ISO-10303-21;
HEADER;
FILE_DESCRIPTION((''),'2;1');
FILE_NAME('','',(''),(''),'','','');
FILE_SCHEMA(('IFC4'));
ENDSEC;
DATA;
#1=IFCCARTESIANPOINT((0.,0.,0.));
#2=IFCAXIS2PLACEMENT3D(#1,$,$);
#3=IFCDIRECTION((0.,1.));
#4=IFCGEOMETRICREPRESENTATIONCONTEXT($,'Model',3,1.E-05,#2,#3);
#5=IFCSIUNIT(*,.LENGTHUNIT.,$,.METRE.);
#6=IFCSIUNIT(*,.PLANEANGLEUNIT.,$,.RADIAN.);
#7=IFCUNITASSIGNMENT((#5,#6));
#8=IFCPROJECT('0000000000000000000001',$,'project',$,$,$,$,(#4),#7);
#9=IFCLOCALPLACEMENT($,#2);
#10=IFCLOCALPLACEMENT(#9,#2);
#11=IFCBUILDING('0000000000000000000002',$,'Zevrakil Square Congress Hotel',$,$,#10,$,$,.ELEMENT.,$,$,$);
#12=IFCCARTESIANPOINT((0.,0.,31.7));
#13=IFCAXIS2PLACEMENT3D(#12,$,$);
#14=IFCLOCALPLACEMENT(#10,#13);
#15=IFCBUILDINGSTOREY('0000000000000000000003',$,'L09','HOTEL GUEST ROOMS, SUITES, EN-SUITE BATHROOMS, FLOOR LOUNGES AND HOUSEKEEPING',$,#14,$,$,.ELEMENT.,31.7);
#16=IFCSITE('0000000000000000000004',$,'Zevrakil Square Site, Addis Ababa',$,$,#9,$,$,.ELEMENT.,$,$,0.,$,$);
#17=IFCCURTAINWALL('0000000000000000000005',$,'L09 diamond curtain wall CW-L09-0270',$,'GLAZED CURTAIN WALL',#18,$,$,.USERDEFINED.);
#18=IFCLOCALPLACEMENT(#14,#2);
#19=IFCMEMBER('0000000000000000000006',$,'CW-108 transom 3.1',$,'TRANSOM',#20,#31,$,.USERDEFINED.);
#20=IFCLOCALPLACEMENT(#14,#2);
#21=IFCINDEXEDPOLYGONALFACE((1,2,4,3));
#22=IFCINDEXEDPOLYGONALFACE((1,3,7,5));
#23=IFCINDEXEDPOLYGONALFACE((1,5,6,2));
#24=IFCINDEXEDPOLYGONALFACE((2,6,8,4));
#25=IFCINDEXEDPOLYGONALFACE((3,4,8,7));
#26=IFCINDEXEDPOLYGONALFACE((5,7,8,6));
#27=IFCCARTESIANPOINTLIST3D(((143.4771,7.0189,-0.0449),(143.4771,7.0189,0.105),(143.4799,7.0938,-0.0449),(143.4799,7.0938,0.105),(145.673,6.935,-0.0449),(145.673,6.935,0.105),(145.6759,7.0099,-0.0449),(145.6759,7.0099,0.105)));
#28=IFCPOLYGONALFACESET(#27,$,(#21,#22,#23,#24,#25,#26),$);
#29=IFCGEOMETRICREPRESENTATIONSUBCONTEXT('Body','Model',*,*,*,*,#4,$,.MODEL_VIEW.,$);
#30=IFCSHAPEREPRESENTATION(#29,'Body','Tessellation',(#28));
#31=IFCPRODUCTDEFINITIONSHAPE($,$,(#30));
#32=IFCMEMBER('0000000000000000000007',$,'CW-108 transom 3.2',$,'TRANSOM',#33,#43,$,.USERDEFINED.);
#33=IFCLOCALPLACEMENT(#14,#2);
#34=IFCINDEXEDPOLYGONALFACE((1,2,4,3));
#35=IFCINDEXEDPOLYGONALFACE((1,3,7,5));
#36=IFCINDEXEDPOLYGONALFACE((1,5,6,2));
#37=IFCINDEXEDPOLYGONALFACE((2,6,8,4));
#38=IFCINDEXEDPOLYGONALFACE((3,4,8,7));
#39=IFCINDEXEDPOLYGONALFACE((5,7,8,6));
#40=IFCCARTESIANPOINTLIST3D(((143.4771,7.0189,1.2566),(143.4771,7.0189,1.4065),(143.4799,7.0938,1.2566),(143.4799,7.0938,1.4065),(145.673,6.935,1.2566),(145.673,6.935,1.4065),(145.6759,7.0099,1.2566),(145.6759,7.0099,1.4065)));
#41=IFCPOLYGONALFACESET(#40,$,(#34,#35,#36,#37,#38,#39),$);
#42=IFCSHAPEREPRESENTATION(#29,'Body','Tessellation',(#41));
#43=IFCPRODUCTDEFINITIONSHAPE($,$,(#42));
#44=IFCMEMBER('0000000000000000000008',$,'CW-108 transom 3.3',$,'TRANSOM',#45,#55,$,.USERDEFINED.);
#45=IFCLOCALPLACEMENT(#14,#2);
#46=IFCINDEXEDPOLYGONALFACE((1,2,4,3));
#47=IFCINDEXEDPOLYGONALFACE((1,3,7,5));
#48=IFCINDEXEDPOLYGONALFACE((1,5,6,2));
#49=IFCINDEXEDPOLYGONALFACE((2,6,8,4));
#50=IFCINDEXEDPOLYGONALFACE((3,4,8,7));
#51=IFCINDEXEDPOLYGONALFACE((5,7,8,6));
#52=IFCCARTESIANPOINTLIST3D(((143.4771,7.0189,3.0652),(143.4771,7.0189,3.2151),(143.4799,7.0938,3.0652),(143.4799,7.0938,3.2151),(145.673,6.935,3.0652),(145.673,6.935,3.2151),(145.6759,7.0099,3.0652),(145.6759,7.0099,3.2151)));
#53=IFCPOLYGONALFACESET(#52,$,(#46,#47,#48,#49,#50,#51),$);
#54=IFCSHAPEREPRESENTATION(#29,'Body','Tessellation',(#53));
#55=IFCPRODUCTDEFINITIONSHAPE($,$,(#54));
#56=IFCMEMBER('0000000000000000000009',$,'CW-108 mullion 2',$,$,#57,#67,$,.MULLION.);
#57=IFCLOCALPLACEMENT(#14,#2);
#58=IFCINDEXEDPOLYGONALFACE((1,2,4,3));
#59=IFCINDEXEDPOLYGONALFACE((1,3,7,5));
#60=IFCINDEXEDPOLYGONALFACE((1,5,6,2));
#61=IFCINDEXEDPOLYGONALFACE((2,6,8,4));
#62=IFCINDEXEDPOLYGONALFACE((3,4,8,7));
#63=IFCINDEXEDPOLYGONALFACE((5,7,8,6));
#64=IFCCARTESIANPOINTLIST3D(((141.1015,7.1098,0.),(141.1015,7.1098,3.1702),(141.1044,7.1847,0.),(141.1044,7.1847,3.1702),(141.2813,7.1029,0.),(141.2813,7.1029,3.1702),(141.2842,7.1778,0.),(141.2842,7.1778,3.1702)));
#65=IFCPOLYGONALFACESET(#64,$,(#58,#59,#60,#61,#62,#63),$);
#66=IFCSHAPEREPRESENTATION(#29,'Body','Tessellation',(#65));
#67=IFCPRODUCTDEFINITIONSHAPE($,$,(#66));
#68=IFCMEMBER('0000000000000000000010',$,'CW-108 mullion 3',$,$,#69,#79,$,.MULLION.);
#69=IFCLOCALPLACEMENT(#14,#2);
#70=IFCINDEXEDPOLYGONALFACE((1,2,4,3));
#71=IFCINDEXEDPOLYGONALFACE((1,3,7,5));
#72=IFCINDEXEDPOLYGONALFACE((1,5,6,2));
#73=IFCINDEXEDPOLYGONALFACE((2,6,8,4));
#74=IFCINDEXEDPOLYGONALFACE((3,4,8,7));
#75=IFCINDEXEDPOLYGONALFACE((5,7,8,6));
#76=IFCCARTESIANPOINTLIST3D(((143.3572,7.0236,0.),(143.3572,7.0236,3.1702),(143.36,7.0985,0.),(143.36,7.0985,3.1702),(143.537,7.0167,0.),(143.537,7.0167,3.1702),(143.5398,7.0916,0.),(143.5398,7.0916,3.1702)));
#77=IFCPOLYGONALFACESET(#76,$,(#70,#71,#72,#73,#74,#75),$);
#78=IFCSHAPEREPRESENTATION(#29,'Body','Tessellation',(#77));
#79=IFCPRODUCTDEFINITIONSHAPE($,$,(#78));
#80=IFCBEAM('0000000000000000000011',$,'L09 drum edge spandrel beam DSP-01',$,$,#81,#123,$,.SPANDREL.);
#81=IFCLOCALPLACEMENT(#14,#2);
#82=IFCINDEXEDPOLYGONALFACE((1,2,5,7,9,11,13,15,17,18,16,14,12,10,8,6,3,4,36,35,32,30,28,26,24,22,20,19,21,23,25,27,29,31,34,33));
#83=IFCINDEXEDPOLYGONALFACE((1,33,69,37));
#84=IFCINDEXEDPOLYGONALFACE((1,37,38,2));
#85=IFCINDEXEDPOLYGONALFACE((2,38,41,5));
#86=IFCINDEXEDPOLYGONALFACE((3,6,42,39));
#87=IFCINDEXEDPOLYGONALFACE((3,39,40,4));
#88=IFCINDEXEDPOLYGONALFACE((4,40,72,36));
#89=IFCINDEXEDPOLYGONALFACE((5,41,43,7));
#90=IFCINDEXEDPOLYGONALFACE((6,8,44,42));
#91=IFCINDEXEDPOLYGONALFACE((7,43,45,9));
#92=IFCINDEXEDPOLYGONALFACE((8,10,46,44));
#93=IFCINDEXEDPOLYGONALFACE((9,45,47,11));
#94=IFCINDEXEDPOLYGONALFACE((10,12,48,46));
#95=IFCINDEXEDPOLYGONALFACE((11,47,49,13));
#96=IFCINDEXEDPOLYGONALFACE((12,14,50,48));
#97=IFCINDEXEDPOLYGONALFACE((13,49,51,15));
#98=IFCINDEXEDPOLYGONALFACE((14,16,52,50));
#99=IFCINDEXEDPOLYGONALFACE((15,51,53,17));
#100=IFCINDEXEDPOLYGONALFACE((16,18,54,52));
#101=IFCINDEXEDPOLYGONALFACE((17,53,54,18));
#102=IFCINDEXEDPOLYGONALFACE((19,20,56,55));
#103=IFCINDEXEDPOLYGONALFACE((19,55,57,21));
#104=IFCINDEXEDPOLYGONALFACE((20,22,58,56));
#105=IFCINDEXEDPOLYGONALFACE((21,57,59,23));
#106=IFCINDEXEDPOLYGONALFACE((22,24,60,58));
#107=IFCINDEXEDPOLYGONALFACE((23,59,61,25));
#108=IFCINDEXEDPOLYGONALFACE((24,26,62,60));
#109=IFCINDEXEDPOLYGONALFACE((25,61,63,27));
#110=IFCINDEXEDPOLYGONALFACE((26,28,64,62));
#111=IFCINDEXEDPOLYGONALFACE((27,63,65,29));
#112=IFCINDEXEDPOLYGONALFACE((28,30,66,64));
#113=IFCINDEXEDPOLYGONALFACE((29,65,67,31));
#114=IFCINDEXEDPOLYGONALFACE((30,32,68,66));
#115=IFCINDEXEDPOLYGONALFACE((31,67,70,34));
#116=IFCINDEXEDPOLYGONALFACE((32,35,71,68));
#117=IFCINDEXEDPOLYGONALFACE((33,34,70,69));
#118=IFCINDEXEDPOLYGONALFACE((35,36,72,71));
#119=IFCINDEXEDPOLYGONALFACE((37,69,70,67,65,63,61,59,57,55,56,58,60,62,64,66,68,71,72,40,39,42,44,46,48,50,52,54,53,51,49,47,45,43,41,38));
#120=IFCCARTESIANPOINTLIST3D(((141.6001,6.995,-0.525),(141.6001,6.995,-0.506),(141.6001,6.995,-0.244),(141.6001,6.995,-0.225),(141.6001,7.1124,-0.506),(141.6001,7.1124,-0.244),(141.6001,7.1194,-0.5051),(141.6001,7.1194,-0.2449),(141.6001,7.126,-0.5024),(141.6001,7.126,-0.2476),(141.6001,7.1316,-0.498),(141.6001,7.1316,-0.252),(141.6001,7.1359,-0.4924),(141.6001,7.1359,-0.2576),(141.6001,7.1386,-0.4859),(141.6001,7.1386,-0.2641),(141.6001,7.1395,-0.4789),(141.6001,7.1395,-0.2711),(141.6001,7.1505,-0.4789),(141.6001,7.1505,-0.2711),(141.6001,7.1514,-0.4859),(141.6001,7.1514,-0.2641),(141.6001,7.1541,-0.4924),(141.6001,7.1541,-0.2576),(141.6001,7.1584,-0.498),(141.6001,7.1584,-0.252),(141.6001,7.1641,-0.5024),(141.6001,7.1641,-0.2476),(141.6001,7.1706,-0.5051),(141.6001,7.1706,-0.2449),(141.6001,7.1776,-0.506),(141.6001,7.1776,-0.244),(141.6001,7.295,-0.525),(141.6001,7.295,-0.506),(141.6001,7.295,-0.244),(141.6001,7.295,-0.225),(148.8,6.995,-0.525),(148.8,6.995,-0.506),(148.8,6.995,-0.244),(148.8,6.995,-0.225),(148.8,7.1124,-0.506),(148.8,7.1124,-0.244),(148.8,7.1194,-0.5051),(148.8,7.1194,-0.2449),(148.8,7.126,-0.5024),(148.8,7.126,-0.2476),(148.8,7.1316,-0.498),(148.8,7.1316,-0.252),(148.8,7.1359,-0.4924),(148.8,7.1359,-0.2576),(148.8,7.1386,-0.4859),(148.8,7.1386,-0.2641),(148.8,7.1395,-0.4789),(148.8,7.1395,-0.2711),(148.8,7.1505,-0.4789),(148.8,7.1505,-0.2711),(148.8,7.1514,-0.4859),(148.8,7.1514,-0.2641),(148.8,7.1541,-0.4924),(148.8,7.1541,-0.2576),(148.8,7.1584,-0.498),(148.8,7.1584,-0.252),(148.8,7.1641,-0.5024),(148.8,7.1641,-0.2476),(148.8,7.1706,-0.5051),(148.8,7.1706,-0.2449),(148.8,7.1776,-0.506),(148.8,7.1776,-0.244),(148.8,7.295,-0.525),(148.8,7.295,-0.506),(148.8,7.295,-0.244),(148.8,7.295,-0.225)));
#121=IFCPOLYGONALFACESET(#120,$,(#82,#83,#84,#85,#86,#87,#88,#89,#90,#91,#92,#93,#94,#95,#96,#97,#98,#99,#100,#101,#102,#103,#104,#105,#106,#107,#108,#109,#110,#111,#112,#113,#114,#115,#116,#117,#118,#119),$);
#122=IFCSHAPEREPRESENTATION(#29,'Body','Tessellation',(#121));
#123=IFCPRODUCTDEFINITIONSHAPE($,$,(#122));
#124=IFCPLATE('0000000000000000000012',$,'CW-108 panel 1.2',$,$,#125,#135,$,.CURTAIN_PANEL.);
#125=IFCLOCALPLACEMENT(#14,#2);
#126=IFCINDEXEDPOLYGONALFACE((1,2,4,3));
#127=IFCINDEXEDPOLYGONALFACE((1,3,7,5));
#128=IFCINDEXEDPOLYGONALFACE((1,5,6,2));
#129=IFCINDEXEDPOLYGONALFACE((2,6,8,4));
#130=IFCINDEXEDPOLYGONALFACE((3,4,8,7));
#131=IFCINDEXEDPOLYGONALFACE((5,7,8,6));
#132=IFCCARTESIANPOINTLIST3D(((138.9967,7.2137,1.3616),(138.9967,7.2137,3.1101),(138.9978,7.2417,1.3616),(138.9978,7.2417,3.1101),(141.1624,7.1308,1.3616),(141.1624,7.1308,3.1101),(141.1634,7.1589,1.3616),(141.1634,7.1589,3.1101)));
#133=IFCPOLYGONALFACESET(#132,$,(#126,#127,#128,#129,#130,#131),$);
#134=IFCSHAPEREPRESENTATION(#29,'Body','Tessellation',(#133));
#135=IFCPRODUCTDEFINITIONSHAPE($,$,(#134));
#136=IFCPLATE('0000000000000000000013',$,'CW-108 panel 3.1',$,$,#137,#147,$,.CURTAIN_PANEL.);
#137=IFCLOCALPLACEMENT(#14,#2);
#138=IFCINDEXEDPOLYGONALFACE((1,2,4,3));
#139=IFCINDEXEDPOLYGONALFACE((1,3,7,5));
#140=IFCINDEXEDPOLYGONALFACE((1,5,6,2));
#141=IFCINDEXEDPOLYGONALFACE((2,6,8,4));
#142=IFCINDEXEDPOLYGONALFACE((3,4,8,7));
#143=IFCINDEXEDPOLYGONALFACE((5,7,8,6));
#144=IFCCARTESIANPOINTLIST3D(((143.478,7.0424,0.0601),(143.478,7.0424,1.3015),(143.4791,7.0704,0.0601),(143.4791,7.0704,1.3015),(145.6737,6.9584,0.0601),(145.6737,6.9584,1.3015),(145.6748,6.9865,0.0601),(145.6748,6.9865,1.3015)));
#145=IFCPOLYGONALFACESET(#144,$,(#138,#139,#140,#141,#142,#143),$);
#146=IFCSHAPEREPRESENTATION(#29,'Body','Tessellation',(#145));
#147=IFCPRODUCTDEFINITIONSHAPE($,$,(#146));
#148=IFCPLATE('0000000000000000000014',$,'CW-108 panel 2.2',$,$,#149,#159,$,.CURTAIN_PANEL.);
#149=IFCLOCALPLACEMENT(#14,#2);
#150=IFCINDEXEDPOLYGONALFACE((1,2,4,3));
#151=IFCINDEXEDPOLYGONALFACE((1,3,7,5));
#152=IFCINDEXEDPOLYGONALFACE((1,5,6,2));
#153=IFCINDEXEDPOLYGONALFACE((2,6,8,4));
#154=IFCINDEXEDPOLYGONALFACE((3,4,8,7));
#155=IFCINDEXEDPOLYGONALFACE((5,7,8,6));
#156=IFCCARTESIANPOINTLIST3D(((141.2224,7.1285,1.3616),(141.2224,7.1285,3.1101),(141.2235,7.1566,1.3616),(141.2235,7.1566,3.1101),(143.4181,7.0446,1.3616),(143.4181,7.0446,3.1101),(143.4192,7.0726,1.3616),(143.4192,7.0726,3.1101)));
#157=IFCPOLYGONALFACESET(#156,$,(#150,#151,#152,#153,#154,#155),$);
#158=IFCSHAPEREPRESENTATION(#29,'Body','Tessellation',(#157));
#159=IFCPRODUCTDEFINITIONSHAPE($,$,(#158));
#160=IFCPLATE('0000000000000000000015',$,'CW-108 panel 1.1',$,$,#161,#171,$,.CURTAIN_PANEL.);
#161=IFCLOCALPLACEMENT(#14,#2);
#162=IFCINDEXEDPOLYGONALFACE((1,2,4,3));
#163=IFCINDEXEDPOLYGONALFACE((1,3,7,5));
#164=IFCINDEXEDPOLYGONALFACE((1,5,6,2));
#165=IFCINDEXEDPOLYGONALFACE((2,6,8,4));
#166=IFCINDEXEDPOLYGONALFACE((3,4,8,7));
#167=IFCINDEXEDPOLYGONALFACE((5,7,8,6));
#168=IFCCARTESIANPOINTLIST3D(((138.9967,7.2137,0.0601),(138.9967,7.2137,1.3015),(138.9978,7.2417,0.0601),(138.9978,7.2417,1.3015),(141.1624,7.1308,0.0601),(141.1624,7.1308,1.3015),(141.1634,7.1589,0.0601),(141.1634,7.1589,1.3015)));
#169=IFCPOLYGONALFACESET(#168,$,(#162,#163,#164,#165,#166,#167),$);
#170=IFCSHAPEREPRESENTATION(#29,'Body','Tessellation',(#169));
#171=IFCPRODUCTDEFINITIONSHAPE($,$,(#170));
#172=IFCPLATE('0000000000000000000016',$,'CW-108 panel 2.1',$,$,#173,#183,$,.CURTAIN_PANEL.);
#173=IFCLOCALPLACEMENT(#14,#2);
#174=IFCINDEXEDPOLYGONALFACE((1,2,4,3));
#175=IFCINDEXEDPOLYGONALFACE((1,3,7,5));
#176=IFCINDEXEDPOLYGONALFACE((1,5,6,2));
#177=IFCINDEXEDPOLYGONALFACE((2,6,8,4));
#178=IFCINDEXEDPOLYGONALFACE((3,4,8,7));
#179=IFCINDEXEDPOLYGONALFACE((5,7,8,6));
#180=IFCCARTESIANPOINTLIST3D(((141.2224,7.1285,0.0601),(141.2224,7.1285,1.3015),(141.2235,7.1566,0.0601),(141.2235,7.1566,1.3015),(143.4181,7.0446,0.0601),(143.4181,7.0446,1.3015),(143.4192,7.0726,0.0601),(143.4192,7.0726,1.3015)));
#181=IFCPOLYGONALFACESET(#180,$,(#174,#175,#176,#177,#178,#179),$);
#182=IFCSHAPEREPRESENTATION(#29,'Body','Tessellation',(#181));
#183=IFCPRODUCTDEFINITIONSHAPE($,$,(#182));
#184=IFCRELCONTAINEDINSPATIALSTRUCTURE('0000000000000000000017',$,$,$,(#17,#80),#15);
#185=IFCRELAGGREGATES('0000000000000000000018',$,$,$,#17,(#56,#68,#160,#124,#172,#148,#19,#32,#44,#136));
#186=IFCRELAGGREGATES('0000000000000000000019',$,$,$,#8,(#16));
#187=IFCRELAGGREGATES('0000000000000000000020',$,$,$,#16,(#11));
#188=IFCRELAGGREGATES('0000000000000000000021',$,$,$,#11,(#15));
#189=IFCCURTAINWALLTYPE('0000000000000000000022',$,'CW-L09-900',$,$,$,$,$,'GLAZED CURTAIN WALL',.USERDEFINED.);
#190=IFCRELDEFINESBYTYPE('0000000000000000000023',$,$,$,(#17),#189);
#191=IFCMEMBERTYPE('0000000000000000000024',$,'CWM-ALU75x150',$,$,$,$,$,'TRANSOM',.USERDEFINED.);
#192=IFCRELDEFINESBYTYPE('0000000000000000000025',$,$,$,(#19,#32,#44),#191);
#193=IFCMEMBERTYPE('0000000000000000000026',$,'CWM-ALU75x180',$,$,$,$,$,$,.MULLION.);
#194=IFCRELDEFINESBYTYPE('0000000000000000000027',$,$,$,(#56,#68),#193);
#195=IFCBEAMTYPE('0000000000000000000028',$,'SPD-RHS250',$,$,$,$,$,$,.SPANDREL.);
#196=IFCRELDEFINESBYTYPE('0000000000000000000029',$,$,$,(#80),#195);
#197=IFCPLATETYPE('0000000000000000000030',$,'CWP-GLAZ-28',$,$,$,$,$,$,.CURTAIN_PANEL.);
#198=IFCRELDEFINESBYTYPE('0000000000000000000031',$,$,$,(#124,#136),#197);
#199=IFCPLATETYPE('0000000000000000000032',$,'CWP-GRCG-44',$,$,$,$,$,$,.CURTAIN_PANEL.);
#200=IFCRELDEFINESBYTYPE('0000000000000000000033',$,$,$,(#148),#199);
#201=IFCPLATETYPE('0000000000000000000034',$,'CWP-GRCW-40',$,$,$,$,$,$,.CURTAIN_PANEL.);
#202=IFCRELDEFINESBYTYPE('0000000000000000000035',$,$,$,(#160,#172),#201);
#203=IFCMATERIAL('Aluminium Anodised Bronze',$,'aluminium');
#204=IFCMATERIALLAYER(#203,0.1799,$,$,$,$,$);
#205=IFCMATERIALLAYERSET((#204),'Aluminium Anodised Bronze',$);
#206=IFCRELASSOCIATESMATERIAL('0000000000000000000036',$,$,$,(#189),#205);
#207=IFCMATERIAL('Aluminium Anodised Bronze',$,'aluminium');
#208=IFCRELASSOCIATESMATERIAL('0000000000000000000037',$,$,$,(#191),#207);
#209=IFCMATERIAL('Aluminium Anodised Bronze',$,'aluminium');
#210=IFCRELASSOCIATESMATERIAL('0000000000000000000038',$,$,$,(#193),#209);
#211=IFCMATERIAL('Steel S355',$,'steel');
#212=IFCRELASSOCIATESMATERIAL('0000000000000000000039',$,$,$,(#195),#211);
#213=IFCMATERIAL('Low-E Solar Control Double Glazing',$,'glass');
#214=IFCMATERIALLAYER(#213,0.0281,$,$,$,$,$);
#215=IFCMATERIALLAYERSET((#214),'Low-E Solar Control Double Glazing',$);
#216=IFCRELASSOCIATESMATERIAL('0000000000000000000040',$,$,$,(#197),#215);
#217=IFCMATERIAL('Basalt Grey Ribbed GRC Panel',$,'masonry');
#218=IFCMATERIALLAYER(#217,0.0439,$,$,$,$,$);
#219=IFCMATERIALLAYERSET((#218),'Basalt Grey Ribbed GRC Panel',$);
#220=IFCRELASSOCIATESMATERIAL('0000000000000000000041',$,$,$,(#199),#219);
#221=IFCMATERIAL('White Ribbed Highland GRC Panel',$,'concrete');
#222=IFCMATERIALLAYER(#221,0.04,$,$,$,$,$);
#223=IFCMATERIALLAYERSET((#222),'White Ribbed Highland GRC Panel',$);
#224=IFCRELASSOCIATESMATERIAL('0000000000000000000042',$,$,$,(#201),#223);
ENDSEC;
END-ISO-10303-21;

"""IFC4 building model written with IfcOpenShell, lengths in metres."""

from ifc_helpers import new_model, si_unit, direction, frame, origin, origin_2d, place, context, subcontext, project, spatial, rectangle, i_section, extrude, material, layer, layer_set, material_profile, profile_set, type_object, element, aggregate, save


model = new_model("IFC4")

# Units and contexts
model_context = context("Model", 3, precision=1e-05, world=origin(), true_north=direction((0.0, 1.0)))
body_context = subcontext(model_context, "Body", "Model", "MODEL_VIEW")
ifc_project = project(units=[si_unit("LENGTHUNIT", "METRE"), si_unit("PLANEANGLEUNIT", "RADIAN")], contexts=[model_context])

# Site, building, storey
site_placement = place(None, origin())
site = spatial("IfcSite", under=ifc_project, at=site_placement, Name="Zevrakil Square Site, Addis Ababa", CompositionType="ELEMENT", RefElevation=0.0)
building_placement = place(site_placement, origin())
building = spatial("IfcBuilding", under=site, at=building_placement, Name="Zevrakil Square Congress Hotel", CompositionType="ELEMENT")
storey_placement = place(building_placement, frame((0.0, 0.0, 31.7)))
storey = spatial("IfcBuildingStorey", under=building, at=storey_placement, Name="L09", Description="HOTEL GUEST ROOMS, SUITES, EN-SUITE BATHROOMS, FLOOR LOUNGES AND HOUSEKEEPING", CompositionType="ELEMENT", Elevation=31.7)

# Curtain wall, members
ifc_material_1 = material(Name="Aluminium Anodised Bronze", Category="aluminium")
ifc_layer_1 = layer(ifc_material_1, 0.1799)
ifc_layer_set_1 = layer_set([ifc_layer_1], Name="Aluminium Anodised Bronze")
curtain_wall_type = type_object("IfcCurtainWallType", Name="CW-L09-900", ElementType="GLAZED CURTAIN WALL", PredefinedType="USERDEFINED", material=ifc_layer_set_1)
curtain_wall_placement = place(storey_placement, origin())
curtain_wall = element("IfcCurtainWall", 1, at=curtain_wall_placement, inside=storey, type_object=curtain_wall_type, Name="L09 diamond curtain wall CW-L09-0270", ObjectType="GLAZED CURTAIN WALL", PredefinedType="USERDEFINED")
ifc_material_2 = material(Name="Aluminium Anodised Bronze", Category="aluminium")
ifc_material_profile_1 = material_profile(ifc_material_2, rectangle(XDim=0.075, YDim=0.1499, at=origin_2d()), Name="ALU 75x150")
ifc_profile_set_1 = profile_set([ifc_material_profile_1], Name="Aluminium Anodised Bronze")
member_type_1 = type_object("IfcMemberType", Name="CWM-ALU75x150", ElementType="TRANSOM", PredefinedType="USERDEFINED", material=ifc_profile_set_1)
member_1_placement = place(storey_placement, frame((143.4785, 7.0564, 0.03), z_axis=(0.999269, -0.03822, 0.0), x_axis=(0.03822, 0.999269, 0.0)))
member_1 = element("IfcMember", 2, at=member_1_placement, type_object=member_type_1, Name="CW-108 transom 3.1", ObjectType="TRANSOM", PredefinedType="USERDEFINED", context=body_context, shape_type="SweptSolid", body=[
    extrude(rectangle(XDim=0.075, YDim=0.1499, at=origin_2d()), origin(), (0.0, 0.0, 1.0), 2.1975),
])
member_2_placement = place(storey_placement, frame((143.4785, 7.0564, 1.3315), z_axis=(0.999269, -0.03822, 0.0), x_axis=(0.03822, 0.999269, 0.0)))
member_2 = element("IfcMember", 3, at=member_2_placement, type_object=member_type_1, Name="CW-108 transom 3.2", ObjectType="TRANSOM", PredefinedType="USERDEFINED", context=body_context, shape_type="SweptSolid", body=[
    extrude(rectangle(XDim=0.075, YDim=0.1499, at=origin_2d()), origin(), (0.0, 0.0, 1.0), 2.1975),
])
member_3_placement = place(storey_placement, frame((143.4785, 7.0564, 3.1401), z_axis=(0.999269, -0.03822, 0.0), x_axis=(0.03822, 0.999269, 0.0)))
member_3 = element("IfcMember", 4, at=member_3_placement, type_object=member_type_1, Name="CW-108 transom 3.3", ObjectType="TRANSOM", PredefinedType="USERDEFINED", context=body_context, shape_type="SweptSolid", body=[
    extrude(rectangle(XDim=0.075, YDim=0.1499, at=origin_2d()), origin(), (0.0, 0.0, 1.0), 2.1975),
])
ifc_material_3 = material(Name="Aluminium Anodised Bronze", Category="aluminium")
ifc_material_profile_2 = material_profile(ifc_material_3, rectangle(XDim=0.075, YDim=0.1799, at=origin_2d()), Name="ALU 75x180")
ifc_profile_set_2 = profile_set([ifc_material_profile_2], Name="Aluminium Anodised Bronze")
member_type_2 = type_object("IfcMemberType", Name="CWM-ALU75x180", PredefinedType="MULLION", material=ifc_profile_set_2)
member_4_placement = place(storey_placement, frame((141.1929, 7.1438, 0.0), z_axis=(0.0, 0.0, 1.0), x_axis=(0.038209, 0.99927, 0.0)))
member_4 = element("IfcMember", 5, at=member_4_placement, type_object=member_type_2, Name="CW-108 mullion 2", PredefinedType="MULLION", context=body_context, shape_type="SweptSolid", body=[
    extrude(rectangle(XDim=0.075, YDim=0.1799, at=origin_2d()), origin(), (0.0, 0.0, 1.0), 3.1702),
])
member_5_placement = place(storey_placement, frame((143.4485, 7.0576, 0.0), z_axis=(0.0, 0.0, 1.0), x_axis=(0.038209, 0.99927, 0.0)))
member_5 = element("IfcMember", 6, at=member_5_placement, type_object=member_type_2, Name="CW-108 mullion 3", PredefinedType="MULLION", context=body_context, shape_type="SweptSolid", body=[
    extrude(rectangle(XDim=0.075, YDim=0.1799, at=origin_2d()), origin(), (0.0, 0.0, 1.0), 3.1702),
])

# Beam
ifc_material_4 = material(Name="Steel S355", Category="steel")
ifc_material_profile_3 = material_profile(ifc_material_4, i_section(OverallWidth=0.3, OverallDepth=0.3, WebThickness=0.011, FlangeThickness=0.019, FilletRadius=0.0271, at=origin_2d()), Name="HEB 300")
ifc_profile_set_3 = profile_set([ifc_material_profile_3], Name="Steel S355")
beam_type_1 = type_object("IfcBeamType", Name="SPD-RHS250", PredefinedType="SPANDREL", material=ifc_profile_set_3)
beam_1_placement = place(storey_placement, frame((141.6001, 7.145, -0.375), z_axis=(1.0, 0.0, 0.0), x_axis=(0.0, 1.0, 0.0)))
element("IfcBeam", 7, at=beam_1_placement, inside=storey, type_object=beam_type_1, Name="L09 drum edge spandrel beam DSP-01", PredefinedType="SPANDREL", context=body_context, shape_type="SweptSolid", body=[
    extrude(i_section(OverallWidth=0.3, OverallDepth=0.3, WebThickness=0.011, FlangeThickness=0.019, FilletRadius=0.0271, at=origin_2d()), origin(), (0.0, 0.0, 1.0), 7.2),
])

# Plates
ifc_material_5 = material(Name="Low-E Solar Control Double Glazing", Category="glass")
ifc_layer_2 = layer(ifc_material_5, 0.0281)
ifc_layer_set_2 = layer_set([ifc_layer_2], Name="Low-E Solar Control Double Glazing")
plate_type_1 = type_object("IfcPlateType", Name="CWP-GLAZ-28", PredefinedType="CURTAIN_PANEL", material=ifc_layer_set_2)
plate_1_placement = place(storey_placement, frame((140.0801, 7.1863, 1.3616), z_axis=(0.0, 0.0, 1.0), x_axis=(0.99927, -0.038209, 0.0)))
plate_1 = element("IfcPlate", 8, at=plate_1_placement, type_object=plate_type_1, Name="CW-108 panel 1.2", PredefinedType="CURTAIN_PANEL", context=body_context, shape_type="SweptSolid", body=[
    extrude(rectangle(XDim=2.1672, YDim=0.0281, at=origin_2d()), origin(), (0.0, 0.0, 1.0), 1.7485),
])
plate_2_placement = place(storey_placement, frame((144.5764, 7.0144, 0.0601), z_axis=(0.0, 0.0, 1.0), x_axis=(0.99927, -0.038209, 0.0)))
plate_2 = element("IfcPlate", 9, at=plate_2_placement, type_object=plate_type_1, Name="CW-108 panel 3.1", PredefinedType="CURTAIN_PANEL", context=body_context, shape_type="SweptSolid", body=[
    extrude(rectangle(XDim=2.1973, YDim=0.0281, at=origin_2d()), origin(), (0.0, 0.0, 1.0), 1.2415),
])
ifc_material_6 = material(Name="Basalt Grey Ribbed GRC Panel", Category="masonry")
ifc_layer_3 = layer(ifc_material_6, 0.0439)
ifc_layer_set_3 = layer_set([ifc_layer_3], Name="Basalt Grey Ribbed GRC Panel")
plate_type_2 = type_object("IfcPlateType", Name="CWP-GRCG-44", PredefinedType="CURTAIN_PANEL", material=ifc_layer_set_3)
plate_3_placement = place(storey_placement, frame((142.3208, 7.1006, 1.3616), z_axis=(0.0, 0.0, 1.0), x_axis=(0.99927, -0.038209, 0.0)))
plate_3 = element("IfcPlate", 10, at=plate_3_placement, type_object=plate_type_2, Name="CW-108 panel 2.2", PredefinedType="CURTAIN_PANEL", context=body_context, shape_type="SweptSolid", body=[
    extrude(rectangle(XDim=2.1973, YDim=0.0281, at=origin_2d()), origin(), (0.0, 0.0, 1.0), 1.7485),
])
ifc_material_7 = material(Name="White Ribbed Highland GRC Panel", Category="concrete")
ifc_layer_4 = layer(ifc_material_7, 0.04)
ifc_layer_set_4 = layer_set([ifc_layer_4], Name="White Ribbed Highland GRC Panel")
plate_type_3 = type_object("IfcPlateType", Name="CWP-GRCW-40", PredefinedType="CURTAIN_PANEL", material=ifc_layer_set_4)
plate_4_placement = place(storey_placement, frame((140.0801, 7.1863, 0.0601), z_axis=(0.0, 0.0, 1.0), x_axis=(0.99927, -0.038209, 0.0)))
plate_4 = element("IfcPlate", 11, at=plate_4_placement, type_object=plate_type_3, Name="CW-108 panel 1.1", PredefinedType="CURTAIN_PANEL", context=body_context, shape_type="SweptSolid", body=[
    extrude(rectangle(XDim=2.1672, YDim=0.0281, at=origin_2d()), origin(), (0.0, 0.0, 1.0), 1.2415),
])
plate_5_placement = place(storey_placement, frame((142.3208, 7.1006, 0.0601), z_axis=(0.0, 0.0, 1.0), x_axis=(0.99927, -0.038209, 0.0)))
plate_5 = element("IfcPlate", 12, at=plate_5_placement, type_object=plate_type_3, Name="CW-108 panel 2.1", PredefinedType="CURTAIN_PANEL", context=body_context, shape_type="SweptSolid", body=[
    extrude(rectangle(XDim=2.1973, YDim=0.0281, at=origin_2d()), origin(), (0.0, 0.0, 1.0), 1.2415),
])
aggregate(curtain_wall, [member_4, member_5, plate_4, plate_1, plate_5, plate_3, member_1, member_2, member_3, plate_2])

save(model, "model.ifc")
